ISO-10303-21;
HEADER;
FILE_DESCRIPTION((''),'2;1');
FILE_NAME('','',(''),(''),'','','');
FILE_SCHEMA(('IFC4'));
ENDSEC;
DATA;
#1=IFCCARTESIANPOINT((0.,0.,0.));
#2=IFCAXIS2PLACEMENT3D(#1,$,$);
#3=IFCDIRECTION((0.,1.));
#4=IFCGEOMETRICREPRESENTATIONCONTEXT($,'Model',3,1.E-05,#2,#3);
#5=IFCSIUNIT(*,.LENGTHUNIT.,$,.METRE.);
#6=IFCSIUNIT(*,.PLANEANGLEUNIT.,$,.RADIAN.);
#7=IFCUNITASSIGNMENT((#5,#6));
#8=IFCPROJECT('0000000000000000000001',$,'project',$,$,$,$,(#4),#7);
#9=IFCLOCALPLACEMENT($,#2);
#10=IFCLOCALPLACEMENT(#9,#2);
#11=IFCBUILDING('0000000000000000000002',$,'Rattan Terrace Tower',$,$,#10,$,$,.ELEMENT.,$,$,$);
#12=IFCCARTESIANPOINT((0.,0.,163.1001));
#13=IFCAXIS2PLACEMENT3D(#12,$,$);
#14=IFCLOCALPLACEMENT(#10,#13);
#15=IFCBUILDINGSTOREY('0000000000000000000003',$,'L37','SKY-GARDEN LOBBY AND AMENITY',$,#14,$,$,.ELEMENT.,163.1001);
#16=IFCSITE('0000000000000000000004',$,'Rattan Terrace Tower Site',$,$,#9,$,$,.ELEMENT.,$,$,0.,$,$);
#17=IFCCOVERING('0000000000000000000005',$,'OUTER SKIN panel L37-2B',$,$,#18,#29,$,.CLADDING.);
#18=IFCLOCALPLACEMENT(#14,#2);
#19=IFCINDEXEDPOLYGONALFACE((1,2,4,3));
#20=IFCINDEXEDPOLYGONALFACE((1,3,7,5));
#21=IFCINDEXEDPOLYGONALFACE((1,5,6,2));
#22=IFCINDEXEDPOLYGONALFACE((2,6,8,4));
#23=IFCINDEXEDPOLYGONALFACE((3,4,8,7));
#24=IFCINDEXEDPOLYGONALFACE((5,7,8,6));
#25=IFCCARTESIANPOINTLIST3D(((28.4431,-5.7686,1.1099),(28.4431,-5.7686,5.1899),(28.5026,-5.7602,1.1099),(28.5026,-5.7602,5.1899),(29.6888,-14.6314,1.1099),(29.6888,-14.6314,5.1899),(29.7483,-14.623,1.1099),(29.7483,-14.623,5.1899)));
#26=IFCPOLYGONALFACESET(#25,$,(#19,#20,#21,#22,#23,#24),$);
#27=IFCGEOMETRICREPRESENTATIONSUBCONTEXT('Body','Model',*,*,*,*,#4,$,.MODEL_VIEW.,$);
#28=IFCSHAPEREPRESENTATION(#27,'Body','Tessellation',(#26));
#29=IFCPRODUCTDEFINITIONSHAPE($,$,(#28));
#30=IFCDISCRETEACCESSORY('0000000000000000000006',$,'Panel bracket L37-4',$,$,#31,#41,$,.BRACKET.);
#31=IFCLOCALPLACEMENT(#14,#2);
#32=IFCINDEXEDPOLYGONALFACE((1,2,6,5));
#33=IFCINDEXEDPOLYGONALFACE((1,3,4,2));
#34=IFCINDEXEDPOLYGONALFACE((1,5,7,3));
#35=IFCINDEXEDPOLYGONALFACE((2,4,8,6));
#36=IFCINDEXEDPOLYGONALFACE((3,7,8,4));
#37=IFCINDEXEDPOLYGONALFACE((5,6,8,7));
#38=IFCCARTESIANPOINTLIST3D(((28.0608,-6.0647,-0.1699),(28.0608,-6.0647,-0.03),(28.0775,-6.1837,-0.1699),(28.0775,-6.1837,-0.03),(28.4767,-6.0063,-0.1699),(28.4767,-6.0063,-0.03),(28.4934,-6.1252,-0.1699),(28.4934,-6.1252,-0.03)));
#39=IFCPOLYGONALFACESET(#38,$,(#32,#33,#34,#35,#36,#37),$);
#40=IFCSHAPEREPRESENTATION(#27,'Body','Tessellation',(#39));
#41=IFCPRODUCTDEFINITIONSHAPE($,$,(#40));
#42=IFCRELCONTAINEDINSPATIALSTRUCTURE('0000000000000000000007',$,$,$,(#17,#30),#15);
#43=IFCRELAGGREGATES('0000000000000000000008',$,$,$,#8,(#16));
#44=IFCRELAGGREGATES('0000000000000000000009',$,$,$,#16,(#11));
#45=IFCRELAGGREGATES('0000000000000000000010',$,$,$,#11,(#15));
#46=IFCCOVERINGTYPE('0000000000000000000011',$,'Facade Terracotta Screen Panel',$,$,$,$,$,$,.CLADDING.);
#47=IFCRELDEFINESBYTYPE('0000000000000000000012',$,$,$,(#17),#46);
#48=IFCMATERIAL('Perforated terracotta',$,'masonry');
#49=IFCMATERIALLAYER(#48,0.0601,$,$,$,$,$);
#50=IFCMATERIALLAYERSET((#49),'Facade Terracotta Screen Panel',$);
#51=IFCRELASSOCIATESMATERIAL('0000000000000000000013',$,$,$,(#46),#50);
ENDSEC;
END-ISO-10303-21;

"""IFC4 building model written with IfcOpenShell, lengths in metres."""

from ifc_helpers import new_model, si_unit, direction, frame, origin, origin_2d, place, context, subcontext, project, spatial, rectangle, extrude, material, layer, layer_set, type_object, element, save


model = new_model("IFC4")

# Units and contexts
model_context = context("Model", 3, precision=1e-05, world=origin(), true_north=direction((0.0, 1.0)))
body_context = subcontext(model_context, "Body", "Model", "MODEL_VIEW")
ifc_project = project(units=[si_unit("LENGTHUNIT", "METRE"), si_unit("PLANEANGLEUNIT", "RADIAN")], contexts=[model_context])

# Site, building, storey
site_placement = place(None, origin())
site = spatial("IfcSite", under=ifc_project, at=site_placement, Name="Rattan Terrace Tower Site", CompositionType="ELEMENT", RefElevation=0.0)
building_placement = place(site_placement, origin())
building = spatial("IfcBuilding", under=site, at=building_placement, Name="Rattan Terrace Tower", CompositionType="ELEMENT")
storey_placement = place(building_placement, frame((0.0, 0.0, 163.1001)))
storey = spatial("IfcBuildingStorey", under=building, at=storey_placement, Name="L37", Description="SKY-GARDEN LOBBY AND AMENITY", CompositionType="ELEMENT", Elevation=163.1001)

# Covering
ifc_material_1 = material(Name="Perforated terracotta", Category="masonry")
ifc_layer_1 = layer(ifc_material_1, 0.0601)
ifc_layer_set_1 = layer_set([ifc_layer_1], Name="Facade Terracotta Screen Panel")
covering_type_1 = type_object("IfcCoveringType", Name="Facade Terracotta Screen Panel", PredefinedType="CLADDING", material=ifc_layer_set_1)
covering_1_placement = place(storey_placement, frame((29.0957, -10.1958, 1.1099), z_axis=(0.0, 0.0, 1.0), x_axis=(-0.139191, 0.990266, 0.0)))
element("IfcCovering", 1, at=covering_1_placement, inside=storey, type_object=covering_type_1, Name="OUTER SKIN panel L37-2B", PredefinedType="CLADDING", context=body_context, shape_type="SweptSolid", body=[
    extrude(rectangle(XDim=8.95, YDim=0.0601, at=origin_2d()), origin(), (0.0, 0.0, 1.0), 4.0801),
])

# Discrete accessory
discrete_accessory_placement = place(storey_placement, frame((28.2771, -6.095, -0.1699), z_axis=(0.0, 0.0, 1.0), x_axis=(-0.139191, 0.990266, 0.0)))
element("IfcDiscreteAccessory", 2, at=discrete_accessory_placement, inside=storey, Name="Panel bracket L37-4", PredefinedType="BRACKET", context=body_context, shape_type="SweptSolid", body=[
    extrude(rectangle(XDim=0.1201, YDim=0.4199, at=origin_2d()), origin(), (0.0, 0.0, 1.0), 0.1399),
])

save(model, "model.ifc")
